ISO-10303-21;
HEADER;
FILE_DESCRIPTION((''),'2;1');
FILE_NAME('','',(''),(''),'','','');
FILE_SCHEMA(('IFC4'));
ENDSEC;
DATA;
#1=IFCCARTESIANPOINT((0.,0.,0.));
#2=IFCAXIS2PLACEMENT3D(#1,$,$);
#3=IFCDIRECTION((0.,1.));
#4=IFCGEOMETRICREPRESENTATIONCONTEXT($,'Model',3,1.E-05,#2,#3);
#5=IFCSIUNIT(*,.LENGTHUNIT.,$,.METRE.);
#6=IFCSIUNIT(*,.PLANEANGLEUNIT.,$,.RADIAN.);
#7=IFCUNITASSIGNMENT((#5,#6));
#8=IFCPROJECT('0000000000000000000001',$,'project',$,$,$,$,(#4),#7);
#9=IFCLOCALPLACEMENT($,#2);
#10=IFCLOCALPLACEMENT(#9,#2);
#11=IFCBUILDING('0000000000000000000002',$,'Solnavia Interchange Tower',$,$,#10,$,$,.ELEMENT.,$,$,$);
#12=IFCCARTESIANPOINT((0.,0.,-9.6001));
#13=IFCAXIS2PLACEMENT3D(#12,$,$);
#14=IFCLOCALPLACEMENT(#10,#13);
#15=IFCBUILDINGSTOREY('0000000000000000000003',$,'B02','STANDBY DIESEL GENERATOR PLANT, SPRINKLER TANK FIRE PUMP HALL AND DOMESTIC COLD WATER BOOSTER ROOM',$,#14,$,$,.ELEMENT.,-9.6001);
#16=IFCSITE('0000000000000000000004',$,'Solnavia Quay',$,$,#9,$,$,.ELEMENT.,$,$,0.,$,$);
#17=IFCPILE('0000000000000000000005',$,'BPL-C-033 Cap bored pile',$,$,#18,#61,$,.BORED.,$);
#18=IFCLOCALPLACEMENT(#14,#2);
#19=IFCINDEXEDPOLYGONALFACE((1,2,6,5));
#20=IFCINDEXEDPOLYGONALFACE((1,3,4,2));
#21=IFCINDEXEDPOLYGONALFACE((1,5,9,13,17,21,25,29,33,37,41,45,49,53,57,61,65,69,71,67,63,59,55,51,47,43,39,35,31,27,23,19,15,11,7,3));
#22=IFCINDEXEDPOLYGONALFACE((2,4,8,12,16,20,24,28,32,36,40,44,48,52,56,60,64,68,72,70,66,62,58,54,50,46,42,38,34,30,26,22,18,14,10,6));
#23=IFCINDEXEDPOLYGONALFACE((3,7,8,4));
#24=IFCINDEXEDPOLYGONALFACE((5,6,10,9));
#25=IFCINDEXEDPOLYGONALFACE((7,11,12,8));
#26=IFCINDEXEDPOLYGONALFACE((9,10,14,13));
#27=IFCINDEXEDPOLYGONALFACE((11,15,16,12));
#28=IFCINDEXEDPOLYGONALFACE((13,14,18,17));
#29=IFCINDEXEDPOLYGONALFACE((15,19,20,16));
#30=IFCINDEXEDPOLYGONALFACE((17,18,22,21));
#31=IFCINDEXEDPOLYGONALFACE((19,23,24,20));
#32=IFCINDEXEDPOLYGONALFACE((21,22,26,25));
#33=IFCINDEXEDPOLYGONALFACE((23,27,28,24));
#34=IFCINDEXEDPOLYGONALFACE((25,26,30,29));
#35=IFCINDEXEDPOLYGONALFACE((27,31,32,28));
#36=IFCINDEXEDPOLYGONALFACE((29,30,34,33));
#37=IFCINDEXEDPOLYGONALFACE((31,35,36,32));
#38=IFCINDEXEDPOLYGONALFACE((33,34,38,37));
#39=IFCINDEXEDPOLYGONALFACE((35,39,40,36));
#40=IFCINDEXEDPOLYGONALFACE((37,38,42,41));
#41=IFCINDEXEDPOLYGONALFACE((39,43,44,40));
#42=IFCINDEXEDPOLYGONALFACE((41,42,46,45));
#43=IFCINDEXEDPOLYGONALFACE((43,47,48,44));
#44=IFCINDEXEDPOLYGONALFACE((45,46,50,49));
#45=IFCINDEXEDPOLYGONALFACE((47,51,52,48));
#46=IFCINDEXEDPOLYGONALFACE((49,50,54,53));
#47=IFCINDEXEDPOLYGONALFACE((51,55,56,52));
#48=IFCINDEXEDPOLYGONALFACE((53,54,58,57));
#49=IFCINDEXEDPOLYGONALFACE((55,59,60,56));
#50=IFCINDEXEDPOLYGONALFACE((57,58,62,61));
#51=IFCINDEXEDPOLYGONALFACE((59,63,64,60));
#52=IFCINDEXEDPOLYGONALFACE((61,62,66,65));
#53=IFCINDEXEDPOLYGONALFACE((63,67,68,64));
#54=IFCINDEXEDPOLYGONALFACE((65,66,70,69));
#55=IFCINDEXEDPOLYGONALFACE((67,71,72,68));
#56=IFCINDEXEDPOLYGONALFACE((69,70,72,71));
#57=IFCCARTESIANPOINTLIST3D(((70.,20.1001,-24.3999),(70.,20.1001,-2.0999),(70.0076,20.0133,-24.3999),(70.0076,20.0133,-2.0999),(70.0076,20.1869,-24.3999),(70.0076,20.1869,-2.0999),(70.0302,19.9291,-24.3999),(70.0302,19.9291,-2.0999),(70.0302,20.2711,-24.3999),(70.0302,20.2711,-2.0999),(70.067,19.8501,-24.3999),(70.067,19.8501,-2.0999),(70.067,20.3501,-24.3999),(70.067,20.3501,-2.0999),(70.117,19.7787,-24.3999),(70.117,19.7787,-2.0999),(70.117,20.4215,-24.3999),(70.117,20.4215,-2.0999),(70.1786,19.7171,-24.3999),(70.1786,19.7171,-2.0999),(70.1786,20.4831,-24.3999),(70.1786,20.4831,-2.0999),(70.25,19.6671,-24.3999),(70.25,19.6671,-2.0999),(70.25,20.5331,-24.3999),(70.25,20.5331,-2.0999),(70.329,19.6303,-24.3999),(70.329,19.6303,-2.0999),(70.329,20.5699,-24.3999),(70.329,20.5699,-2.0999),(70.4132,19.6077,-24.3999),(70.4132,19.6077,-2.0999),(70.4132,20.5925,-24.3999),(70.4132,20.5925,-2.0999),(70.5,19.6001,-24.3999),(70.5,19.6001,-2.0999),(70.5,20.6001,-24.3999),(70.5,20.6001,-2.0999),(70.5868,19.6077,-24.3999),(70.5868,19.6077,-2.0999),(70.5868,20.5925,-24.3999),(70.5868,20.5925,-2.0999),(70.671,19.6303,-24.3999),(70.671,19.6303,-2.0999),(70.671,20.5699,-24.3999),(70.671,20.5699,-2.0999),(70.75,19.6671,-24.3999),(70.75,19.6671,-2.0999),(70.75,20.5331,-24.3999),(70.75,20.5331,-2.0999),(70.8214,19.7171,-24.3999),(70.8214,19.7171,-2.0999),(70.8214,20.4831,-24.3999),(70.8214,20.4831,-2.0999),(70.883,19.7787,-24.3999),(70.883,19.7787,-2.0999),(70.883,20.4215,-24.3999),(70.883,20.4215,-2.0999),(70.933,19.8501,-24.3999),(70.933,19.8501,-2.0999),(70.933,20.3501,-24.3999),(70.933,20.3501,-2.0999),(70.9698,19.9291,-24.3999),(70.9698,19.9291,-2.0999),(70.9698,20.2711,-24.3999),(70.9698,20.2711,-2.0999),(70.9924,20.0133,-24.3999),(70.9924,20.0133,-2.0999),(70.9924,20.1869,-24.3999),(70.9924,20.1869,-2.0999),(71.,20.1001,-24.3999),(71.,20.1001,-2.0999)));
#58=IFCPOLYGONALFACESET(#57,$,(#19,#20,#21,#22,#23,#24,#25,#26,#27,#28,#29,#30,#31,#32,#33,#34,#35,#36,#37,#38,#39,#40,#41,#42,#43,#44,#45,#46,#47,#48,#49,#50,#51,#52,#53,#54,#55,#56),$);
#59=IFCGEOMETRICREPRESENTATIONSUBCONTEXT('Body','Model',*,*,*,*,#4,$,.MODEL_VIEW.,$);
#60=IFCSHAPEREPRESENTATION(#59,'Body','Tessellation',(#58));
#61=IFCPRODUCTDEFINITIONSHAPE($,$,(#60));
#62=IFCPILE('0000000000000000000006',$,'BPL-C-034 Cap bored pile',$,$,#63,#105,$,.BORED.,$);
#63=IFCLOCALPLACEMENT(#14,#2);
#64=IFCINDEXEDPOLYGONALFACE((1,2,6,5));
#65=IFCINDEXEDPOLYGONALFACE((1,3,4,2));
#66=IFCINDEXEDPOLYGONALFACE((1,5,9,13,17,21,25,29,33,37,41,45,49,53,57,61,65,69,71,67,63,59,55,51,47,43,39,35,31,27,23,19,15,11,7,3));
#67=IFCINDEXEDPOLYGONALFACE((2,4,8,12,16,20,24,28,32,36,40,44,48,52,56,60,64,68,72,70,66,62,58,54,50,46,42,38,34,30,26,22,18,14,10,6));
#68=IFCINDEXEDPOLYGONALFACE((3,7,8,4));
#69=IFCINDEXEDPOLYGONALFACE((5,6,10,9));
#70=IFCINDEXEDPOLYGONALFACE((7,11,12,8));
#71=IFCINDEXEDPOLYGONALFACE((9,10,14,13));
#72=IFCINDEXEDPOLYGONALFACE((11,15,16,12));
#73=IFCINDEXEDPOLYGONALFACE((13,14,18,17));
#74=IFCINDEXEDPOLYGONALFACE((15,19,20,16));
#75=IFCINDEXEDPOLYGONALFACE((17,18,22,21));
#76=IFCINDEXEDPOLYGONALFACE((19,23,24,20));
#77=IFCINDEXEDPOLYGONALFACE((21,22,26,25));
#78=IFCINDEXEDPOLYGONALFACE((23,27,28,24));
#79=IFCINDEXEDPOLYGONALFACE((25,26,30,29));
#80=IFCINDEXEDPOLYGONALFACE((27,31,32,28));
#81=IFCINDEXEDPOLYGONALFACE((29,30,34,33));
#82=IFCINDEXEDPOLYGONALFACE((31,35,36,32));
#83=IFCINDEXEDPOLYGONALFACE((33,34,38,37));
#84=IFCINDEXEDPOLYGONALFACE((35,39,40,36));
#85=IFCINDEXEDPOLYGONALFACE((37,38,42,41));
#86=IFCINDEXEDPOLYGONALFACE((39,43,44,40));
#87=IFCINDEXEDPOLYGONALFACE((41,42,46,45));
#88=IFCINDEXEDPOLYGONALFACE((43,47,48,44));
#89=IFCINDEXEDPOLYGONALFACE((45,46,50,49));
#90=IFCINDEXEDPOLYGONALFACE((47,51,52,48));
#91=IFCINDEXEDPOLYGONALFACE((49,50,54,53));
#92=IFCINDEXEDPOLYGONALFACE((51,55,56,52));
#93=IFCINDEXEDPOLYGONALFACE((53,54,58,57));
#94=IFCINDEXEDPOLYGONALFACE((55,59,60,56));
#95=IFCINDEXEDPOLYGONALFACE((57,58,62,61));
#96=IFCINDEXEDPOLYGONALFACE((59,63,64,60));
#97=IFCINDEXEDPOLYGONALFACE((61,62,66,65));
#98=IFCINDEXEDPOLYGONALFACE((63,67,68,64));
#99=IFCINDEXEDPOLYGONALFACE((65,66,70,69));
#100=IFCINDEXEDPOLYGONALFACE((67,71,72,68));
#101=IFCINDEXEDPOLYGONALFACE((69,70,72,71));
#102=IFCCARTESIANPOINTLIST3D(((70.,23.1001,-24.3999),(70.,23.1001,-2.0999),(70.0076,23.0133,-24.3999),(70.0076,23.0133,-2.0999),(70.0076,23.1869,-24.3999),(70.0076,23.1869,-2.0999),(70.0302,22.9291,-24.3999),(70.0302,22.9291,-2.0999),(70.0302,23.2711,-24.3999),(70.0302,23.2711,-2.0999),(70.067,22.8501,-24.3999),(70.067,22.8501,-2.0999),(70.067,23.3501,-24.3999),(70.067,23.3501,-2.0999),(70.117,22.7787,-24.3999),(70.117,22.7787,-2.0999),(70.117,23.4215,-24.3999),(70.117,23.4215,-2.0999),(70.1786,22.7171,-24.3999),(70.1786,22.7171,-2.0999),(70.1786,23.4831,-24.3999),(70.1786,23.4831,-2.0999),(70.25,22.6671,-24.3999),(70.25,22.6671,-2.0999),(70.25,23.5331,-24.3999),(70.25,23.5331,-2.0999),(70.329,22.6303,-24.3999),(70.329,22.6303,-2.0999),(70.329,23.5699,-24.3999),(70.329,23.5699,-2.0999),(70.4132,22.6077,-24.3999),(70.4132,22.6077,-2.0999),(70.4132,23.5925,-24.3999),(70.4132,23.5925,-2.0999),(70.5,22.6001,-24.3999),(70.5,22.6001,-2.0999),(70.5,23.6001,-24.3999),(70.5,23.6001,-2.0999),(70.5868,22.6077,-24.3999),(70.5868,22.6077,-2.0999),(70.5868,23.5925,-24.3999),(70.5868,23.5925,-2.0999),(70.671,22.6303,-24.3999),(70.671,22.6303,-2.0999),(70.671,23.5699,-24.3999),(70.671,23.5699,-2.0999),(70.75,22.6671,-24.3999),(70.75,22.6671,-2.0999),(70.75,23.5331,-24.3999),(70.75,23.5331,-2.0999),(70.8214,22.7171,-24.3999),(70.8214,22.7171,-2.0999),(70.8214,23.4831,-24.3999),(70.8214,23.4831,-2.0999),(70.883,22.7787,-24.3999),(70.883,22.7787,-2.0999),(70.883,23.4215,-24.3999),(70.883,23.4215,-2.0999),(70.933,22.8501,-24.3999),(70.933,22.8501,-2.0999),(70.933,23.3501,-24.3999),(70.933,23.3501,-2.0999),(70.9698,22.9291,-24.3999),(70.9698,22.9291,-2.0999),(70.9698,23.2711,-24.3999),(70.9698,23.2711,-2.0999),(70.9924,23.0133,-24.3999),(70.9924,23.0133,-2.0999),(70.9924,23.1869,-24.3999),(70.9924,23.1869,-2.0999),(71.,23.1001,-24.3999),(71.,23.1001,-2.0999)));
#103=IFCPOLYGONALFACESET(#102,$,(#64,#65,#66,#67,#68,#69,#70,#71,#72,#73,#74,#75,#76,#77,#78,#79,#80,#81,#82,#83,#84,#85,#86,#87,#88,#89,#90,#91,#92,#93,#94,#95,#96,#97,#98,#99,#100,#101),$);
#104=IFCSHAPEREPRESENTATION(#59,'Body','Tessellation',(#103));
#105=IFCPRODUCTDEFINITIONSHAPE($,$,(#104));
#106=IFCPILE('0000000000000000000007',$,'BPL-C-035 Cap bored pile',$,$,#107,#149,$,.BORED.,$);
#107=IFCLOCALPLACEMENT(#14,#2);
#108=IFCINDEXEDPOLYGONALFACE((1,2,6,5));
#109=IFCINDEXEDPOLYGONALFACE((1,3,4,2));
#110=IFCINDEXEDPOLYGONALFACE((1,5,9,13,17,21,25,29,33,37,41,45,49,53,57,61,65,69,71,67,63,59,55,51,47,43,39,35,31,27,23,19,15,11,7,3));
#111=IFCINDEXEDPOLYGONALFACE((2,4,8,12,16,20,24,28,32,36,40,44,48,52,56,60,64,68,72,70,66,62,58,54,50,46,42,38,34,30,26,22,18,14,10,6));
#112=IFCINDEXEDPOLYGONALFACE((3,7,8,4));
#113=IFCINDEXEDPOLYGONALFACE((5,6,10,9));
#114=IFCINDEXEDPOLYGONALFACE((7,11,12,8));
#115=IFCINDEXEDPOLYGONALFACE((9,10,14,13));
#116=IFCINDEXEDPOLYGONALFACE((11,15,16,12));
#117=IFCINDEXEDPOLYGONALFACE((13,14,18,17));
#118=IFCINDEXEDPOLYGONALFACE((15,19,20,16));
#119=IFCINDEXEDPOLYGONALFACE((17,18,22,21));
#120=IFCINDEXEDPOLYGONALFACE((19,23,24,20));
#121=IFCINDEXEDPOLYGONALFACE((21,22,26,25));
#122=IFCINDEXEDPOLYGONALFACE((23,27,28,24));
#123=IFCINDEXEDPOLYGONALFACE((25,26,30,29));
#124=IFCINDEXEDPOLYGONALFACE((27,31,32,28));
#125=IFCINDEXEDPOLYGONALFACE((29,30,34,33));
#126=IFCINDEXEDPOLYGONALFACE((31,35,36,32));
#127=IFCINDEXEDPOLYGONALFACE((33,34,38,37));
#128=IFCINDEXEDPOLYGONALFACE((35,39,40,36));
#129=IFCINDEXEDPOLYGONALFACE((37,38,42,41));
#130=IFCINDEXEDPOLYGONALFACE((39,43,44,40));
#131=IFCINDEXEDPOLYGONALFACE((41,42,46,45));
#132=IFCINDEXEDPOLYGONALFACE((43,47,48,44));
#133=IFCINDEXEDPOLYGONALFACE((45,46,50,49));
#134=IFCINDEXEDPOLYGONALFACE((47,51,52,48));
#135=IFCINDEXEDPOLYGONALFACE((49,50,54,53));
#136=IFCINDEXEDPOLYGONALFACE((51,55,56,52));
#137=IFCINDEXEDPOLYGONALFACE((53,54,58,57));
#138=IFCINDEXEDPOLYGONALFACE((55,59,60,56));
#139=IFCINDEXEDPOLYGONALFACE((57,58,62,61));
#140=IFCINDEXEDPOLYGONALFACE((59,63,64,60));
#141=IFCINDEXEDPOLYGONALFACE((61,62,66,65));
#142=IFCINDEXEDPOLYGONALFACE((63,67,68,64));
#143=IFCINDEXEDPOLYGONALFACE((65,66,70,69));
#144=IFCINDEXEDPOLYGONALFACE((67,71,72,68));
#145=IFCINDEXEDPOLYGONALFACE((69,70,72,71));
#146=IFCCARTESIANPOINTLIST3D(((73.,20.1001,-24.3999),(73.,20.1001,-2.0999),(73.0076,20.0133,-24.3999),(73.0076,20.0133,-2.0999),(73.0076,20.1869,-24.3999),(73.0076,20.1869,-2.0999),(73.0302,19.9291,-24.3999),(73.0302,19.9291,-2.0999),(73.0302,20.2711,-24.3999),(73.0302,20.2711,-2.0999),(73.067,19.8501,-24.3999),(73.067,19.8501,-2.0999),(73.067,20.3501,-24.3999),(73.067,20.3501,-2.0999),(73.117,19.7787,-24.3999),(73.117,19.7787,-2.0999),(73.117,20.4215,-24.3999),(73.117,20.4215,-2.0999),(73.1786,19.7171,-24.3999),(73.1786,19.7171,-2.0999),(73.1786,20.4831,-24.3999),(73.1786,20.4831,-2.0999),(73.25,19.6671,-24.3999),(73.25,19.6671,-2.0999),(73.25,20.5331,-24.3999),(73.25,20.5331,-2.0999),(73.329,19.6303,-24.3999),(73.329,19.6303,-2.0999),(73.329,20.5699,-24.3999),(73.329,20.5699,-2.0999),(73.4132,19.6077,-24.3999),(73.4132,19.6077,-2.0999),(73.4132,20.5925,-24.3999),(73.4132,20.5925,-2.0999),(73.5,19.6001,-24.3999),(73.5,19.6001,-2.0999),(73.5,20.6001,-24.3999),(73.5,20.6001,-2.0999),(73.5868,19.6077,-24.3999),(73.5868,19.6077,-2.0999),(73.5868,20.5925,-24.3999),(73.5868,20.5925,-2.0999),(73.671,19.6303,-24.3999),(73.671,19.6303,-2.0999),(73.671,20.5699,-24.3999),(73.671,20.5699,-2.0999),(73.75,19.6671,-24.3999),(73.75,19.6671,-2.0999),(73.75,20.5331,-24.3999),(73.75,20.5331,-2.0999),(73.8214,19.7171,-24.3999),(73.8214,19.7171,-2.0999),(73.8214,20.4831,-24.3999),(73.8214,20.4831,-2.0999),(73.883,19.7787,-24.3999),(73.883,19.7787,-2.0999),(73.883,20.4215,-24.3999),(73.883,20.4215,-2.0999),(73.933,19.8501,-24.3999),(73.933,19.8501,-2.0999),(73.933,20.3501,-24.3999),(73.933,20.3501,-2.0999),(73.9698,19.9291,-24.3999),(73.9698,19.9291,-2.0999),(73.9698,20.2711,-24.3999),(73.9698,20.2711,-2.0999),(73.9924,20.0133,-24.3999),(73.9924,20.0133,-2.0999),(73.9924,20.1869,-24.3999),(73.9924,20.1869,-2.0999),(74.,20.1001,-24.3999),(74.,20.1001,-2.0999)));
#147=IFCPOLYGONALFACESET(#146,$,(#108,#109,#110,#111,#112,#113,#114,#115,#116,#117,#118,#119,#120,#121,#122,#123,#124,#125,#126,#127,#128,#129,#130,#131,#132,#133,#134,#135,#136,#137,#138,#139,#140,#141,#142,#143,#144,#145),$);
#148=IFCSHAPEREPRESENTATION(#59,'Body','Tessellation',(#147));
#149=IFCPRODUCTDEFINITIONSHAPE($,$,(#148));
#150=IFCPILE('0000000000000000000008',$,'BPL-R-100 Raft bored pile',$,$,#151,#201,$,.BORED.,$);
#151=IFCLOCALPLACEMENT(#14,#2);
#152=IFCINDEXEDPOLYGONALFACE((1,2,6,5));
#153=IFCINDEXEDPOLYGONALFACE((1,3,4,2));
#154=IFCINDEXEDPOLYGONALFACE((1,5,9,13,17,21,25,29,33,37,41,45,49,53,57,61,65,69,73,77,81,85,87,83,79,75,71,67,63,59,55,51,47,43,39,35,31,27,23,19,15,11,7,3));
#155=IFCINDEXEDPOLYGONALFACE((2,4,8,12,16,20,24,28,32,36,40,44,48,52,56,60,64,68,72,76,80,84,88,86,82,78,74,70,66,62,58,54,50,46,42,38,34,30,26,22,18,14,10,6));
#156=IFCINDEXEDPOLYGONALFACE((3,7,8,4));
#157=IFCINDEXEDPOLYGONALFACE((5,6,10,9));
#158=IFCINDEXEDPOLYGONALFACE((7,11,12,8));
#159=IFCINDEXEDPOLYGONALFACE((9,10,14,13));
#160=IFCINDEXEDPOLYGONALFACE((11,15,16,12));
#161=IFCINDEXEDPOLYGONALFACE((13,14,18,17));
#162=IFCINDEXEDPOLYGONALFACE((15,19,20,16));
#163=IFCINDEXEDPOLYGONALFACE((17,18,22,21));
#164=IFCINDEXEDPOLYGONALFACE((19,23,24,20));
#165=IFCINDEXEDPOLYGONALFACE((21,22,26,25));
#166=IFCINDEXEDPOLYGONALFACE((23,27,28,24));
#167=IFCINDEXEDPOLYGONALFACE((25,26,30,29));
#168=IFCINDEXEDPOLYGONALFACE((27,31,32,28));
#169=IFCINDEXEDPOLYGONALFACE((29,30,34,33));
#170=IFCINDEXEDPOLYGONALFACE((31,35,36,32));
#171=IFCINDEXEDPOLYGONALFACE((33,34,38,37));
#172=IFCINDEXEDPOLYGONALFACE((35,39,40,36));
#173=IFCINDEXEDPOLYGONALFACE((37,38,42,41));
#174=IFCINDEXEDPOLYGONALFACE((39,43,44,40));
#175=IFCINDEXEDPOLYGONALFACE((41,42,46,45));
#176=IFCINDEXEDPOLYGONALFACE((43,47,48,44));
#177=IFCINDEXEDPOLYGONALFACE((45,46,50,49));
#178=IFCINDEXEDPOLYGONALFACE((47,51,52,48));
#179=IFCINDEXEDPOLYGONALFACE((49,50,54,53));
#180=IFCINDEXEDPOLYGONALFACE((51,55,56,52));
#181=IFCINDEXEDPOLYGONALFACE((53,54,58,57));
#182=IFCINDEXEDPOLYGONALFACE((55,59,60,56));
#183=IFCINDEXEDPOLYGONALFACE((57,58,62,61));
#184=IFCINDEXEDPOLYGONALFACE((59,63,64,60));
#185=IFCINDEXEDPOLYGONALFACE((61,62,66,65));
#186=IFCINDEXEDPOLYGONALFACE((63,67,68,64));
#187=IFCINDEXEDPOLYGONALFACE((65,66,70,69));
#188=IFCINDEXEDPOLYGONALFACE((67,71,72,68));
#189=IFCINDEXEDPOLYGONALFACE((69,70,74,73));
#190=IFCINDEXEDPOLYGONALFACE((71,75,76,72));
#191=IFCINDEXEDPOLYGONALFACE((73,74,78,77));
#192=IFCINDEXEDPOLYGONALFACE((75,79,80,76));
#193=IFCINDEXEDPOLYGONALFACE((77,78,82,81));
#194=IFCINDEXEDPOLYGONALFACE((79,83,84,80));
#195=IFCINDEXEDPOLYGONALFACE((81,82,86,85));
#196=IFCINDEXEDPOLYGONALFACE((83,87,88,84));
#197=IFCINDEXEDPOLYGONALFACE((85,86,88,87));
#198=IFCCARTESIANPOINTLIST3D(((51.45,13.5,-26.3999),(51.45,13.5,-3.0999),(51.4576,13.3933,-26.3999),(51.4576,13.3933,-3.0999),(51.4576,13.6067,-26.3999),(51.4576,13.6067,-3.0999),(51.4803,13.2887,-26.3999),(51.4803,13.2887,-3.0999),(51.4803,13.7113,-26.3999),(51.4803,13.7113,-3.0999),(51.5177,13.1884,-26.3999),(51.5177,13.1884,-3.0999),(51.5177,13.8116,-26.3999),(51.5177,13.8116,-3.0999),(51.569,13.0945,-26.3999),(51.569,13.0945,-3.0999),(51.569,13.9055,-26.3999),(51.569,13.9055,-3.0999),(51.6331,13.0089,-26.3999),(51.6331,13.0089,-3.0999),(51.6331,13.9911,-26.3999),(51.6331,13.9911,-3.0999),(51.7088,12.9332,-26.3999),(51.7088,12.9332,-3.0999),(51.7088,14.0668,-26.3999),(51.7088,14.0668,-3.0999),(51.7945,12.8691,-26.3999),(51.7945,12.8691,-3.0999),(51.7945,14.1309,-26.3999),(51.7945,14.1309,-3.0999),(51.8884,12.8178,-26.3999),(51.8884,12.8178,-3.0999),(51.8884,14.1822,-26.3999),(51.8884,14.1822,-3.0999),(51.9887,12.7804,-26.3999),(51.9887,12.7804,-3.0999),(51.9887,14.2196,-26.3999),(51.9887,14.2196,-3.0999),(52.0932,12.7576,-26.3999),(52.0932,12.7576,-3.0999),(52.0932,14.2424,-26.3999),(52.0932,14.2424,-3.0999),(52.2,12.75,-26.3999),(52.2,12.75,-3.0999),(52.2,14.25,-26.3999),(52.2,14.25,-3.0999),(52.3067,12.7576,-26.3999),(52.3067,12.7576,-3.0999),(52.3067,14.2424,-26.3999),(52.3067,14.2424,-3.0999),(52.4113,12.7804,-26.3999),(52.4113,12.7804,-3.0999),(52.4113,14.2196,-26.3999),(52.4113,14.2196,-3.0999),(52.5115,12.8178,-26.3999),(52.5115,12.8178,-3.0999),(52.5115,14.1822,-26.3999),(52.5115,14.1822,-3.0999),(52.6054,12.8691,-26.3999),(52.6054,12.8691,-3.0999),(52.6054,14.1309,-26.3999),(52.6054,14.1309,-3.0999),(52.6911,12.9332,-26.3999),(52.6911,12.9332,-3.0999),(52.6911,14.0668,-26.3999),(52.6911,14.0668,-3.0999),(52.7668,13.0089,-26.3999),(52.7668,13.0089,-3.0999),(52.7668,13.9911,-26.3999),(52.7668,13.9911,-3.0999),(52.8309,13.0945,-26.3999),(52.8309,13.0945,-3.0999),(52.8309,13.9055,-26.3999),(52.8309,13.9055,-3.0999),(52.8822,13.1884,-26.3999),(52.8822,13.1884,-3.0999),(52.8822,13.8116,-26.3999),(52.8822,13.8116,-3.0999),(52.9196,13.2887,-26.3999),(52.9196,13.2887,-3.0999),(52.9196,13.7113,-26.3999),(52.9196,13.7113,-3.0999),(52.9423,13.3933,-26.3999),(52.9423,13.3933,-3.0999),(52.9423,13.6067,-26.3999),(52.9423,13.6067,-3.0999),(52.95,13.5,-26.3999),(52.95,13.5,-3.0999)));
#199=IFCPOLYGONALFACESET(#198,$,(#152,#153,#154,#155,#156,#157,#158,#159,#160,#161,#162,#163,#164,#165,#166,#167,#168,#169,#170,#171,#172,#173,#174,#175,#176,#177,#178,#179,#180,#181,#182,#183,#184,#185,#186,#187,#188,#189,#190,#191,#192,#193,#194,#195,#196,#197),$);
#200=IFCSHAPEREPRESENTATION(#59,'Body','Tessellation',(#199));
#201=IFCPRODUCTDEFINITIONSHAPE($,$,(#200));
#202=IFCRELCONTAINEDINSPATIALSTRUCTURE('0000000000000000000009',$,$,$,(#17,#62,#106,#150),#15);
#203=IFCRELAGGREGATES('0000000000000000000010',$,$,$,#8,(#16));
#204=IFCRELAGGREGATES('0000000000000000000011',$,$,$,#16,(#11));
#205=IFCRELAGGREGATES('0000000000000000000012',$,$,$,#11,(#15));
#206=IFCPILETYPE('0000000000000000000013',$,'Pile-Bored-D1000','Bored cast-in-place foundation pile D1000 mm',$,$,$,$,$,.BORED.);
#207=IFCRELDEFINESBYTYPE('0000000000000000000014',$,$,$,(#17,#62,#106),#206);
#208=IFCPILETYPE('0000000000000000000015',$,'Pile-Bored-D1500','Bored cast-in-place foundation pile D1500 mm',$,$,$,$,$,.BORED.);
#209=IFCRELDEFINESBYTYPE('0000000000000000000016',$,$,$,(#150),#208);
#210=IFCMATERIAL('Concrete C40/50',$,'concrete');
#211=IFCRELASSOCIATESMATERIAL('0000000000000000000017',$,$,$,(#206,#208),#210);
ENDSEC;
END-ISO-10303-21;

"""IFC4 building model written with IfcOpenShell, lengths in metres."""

from ifc_helpers import new_model, si_unit, direction, frame, origin, origin_2d, place, context, subcontext, project, spatial, circle, extrude, material, material_profile, profile_set, type_object, element, save


model = new_model("IFC4")

# Units and contexts
model_context = context("Model", 3, precision=1e-05, world=origin(), true_north=direction((0.0, 1.0)))
body_context = subcontext(model_context, "Body", "Model", "MODEL_VIEW")
ifc_project = project(units=[si_unit("LENGTHUNIT", "METRE"), si_unit("PLANEANGLEUNIT", "RADIAN")], contexts=[model_context])

# Site, building, storey
site_placement = place(None, origin())
site = spatial("IfcSite", under=ifc_project, at=site_placement, Name="Solnavia Quay", CompositionType="ELEMENT", RefElevation=0.0)
building_placement = place(site_placement, origin())
building = spatial("IfcBuilding", under=site, at=building_placement, Name="Solnavia Interchange Tower", CompositionType="ELEMENT")
storey_placement = place(building_placement, frame((0.0, 0.0, -9.6001)))
storey = spatial("IfcBuildingStorey", under=building, at=storey_placement, Name="B02", Description="STANDBY DIESEL GENERATOR PLANT, SPRINKLER TANK FIRE PUMP HALL AND DOMESTIC COLD WATER BOOSTER ROOM", CompositionType="ELEMENT", Elevation=-9.6001)

# Shared definitions
ifc_material_1 = material(Name="Concrete C40/50", Category="concrete")

# Piles
ifc_material_profile_1 = material_profile(ifc_material_1, circle(Radius=0.5, at=origin_2d()), Name="PILE D1000")
ifc_profile_set_1 = profile_set([ifc_material_profile_1], Name="Concrete C40/50")
pile_type_1 = type_object("IfcPileType", Name="Pile-Bored-D1000", Description="Bored cast-in-place foundation pile D1000 mm", PredefinedType="BORED", material=ifc_profile_set_1)
for number, where, z_axis, x_axis, name in (
    (1, (70.5, 20.1001, -2.0999), (0.0, 0.0, -1.0), (1.0, 0.0, 0.0), "BPL-C-033 Cap bored pile"),
    (2, (70.5, 23.1001, -2.0999), (0.0, 0.0, -1.0), (1.0, 0.0, 0.0), "BPL-C-034 Cap bored pile"),
    (3, (73.5, 20.1001, -2.0999), (0.0, 0.0, -1.0), (1.0, 0.0, 0.0), "BPL-C-035 Cap bored pile"),
):
    element("IfcPile", number, at=place(storey_placement, frame(where, z_axis=z_axis, x_axis=x_axis)), inside=storey, type_object=pile_type_1, Name=name, PredefinedType="BORED", context=body_context, shape_type="SweptSolid", body=[
        extrude(circle(Radius=0.5, at=origin_2d()), origin(), (0.0, 0.0, 1.0), 22.3),
    ])
ifc_material_profile_2 = material_profile(ifc_material_1, circle(Radius=0.75, at=origin_2d()), Name="PILE D1500")
ifc_profile_set_2 = profile_set([ifc_material_profile_2], Name="Concrete C40/50")
pile_type_2 = type_object("IfcPileType", Name="Pile-Bored-D1500", Description="Bored cast-in-place foundation pile D1500 mm", PredefinedType="BORED", material=ifc_profile_set_2)
for number, where, z_axis, x_axis, name in (
    (4, (52.2, 13.5, -3.0999), (0.0, 0.0, -1.0), (1.0, 0.0, 0.0), "BPL-R-100 Raft bored pile"),
):
    element("IfcPile", number, at=place(storey_placement, frame(where, z_axis=z_axis, x_axis=x_axis)), inside=storey, type_object=pile_type_2, Name=name, PredefinedType="BORED", context=body_context, shape_type="SweptSolid", body=[
        extrude(circle(Radius=0.75, at=origin_2d()), origin(), (0.0, 0.0, 1.0), 23.3),
    ])

save(model, "model.ifc")
